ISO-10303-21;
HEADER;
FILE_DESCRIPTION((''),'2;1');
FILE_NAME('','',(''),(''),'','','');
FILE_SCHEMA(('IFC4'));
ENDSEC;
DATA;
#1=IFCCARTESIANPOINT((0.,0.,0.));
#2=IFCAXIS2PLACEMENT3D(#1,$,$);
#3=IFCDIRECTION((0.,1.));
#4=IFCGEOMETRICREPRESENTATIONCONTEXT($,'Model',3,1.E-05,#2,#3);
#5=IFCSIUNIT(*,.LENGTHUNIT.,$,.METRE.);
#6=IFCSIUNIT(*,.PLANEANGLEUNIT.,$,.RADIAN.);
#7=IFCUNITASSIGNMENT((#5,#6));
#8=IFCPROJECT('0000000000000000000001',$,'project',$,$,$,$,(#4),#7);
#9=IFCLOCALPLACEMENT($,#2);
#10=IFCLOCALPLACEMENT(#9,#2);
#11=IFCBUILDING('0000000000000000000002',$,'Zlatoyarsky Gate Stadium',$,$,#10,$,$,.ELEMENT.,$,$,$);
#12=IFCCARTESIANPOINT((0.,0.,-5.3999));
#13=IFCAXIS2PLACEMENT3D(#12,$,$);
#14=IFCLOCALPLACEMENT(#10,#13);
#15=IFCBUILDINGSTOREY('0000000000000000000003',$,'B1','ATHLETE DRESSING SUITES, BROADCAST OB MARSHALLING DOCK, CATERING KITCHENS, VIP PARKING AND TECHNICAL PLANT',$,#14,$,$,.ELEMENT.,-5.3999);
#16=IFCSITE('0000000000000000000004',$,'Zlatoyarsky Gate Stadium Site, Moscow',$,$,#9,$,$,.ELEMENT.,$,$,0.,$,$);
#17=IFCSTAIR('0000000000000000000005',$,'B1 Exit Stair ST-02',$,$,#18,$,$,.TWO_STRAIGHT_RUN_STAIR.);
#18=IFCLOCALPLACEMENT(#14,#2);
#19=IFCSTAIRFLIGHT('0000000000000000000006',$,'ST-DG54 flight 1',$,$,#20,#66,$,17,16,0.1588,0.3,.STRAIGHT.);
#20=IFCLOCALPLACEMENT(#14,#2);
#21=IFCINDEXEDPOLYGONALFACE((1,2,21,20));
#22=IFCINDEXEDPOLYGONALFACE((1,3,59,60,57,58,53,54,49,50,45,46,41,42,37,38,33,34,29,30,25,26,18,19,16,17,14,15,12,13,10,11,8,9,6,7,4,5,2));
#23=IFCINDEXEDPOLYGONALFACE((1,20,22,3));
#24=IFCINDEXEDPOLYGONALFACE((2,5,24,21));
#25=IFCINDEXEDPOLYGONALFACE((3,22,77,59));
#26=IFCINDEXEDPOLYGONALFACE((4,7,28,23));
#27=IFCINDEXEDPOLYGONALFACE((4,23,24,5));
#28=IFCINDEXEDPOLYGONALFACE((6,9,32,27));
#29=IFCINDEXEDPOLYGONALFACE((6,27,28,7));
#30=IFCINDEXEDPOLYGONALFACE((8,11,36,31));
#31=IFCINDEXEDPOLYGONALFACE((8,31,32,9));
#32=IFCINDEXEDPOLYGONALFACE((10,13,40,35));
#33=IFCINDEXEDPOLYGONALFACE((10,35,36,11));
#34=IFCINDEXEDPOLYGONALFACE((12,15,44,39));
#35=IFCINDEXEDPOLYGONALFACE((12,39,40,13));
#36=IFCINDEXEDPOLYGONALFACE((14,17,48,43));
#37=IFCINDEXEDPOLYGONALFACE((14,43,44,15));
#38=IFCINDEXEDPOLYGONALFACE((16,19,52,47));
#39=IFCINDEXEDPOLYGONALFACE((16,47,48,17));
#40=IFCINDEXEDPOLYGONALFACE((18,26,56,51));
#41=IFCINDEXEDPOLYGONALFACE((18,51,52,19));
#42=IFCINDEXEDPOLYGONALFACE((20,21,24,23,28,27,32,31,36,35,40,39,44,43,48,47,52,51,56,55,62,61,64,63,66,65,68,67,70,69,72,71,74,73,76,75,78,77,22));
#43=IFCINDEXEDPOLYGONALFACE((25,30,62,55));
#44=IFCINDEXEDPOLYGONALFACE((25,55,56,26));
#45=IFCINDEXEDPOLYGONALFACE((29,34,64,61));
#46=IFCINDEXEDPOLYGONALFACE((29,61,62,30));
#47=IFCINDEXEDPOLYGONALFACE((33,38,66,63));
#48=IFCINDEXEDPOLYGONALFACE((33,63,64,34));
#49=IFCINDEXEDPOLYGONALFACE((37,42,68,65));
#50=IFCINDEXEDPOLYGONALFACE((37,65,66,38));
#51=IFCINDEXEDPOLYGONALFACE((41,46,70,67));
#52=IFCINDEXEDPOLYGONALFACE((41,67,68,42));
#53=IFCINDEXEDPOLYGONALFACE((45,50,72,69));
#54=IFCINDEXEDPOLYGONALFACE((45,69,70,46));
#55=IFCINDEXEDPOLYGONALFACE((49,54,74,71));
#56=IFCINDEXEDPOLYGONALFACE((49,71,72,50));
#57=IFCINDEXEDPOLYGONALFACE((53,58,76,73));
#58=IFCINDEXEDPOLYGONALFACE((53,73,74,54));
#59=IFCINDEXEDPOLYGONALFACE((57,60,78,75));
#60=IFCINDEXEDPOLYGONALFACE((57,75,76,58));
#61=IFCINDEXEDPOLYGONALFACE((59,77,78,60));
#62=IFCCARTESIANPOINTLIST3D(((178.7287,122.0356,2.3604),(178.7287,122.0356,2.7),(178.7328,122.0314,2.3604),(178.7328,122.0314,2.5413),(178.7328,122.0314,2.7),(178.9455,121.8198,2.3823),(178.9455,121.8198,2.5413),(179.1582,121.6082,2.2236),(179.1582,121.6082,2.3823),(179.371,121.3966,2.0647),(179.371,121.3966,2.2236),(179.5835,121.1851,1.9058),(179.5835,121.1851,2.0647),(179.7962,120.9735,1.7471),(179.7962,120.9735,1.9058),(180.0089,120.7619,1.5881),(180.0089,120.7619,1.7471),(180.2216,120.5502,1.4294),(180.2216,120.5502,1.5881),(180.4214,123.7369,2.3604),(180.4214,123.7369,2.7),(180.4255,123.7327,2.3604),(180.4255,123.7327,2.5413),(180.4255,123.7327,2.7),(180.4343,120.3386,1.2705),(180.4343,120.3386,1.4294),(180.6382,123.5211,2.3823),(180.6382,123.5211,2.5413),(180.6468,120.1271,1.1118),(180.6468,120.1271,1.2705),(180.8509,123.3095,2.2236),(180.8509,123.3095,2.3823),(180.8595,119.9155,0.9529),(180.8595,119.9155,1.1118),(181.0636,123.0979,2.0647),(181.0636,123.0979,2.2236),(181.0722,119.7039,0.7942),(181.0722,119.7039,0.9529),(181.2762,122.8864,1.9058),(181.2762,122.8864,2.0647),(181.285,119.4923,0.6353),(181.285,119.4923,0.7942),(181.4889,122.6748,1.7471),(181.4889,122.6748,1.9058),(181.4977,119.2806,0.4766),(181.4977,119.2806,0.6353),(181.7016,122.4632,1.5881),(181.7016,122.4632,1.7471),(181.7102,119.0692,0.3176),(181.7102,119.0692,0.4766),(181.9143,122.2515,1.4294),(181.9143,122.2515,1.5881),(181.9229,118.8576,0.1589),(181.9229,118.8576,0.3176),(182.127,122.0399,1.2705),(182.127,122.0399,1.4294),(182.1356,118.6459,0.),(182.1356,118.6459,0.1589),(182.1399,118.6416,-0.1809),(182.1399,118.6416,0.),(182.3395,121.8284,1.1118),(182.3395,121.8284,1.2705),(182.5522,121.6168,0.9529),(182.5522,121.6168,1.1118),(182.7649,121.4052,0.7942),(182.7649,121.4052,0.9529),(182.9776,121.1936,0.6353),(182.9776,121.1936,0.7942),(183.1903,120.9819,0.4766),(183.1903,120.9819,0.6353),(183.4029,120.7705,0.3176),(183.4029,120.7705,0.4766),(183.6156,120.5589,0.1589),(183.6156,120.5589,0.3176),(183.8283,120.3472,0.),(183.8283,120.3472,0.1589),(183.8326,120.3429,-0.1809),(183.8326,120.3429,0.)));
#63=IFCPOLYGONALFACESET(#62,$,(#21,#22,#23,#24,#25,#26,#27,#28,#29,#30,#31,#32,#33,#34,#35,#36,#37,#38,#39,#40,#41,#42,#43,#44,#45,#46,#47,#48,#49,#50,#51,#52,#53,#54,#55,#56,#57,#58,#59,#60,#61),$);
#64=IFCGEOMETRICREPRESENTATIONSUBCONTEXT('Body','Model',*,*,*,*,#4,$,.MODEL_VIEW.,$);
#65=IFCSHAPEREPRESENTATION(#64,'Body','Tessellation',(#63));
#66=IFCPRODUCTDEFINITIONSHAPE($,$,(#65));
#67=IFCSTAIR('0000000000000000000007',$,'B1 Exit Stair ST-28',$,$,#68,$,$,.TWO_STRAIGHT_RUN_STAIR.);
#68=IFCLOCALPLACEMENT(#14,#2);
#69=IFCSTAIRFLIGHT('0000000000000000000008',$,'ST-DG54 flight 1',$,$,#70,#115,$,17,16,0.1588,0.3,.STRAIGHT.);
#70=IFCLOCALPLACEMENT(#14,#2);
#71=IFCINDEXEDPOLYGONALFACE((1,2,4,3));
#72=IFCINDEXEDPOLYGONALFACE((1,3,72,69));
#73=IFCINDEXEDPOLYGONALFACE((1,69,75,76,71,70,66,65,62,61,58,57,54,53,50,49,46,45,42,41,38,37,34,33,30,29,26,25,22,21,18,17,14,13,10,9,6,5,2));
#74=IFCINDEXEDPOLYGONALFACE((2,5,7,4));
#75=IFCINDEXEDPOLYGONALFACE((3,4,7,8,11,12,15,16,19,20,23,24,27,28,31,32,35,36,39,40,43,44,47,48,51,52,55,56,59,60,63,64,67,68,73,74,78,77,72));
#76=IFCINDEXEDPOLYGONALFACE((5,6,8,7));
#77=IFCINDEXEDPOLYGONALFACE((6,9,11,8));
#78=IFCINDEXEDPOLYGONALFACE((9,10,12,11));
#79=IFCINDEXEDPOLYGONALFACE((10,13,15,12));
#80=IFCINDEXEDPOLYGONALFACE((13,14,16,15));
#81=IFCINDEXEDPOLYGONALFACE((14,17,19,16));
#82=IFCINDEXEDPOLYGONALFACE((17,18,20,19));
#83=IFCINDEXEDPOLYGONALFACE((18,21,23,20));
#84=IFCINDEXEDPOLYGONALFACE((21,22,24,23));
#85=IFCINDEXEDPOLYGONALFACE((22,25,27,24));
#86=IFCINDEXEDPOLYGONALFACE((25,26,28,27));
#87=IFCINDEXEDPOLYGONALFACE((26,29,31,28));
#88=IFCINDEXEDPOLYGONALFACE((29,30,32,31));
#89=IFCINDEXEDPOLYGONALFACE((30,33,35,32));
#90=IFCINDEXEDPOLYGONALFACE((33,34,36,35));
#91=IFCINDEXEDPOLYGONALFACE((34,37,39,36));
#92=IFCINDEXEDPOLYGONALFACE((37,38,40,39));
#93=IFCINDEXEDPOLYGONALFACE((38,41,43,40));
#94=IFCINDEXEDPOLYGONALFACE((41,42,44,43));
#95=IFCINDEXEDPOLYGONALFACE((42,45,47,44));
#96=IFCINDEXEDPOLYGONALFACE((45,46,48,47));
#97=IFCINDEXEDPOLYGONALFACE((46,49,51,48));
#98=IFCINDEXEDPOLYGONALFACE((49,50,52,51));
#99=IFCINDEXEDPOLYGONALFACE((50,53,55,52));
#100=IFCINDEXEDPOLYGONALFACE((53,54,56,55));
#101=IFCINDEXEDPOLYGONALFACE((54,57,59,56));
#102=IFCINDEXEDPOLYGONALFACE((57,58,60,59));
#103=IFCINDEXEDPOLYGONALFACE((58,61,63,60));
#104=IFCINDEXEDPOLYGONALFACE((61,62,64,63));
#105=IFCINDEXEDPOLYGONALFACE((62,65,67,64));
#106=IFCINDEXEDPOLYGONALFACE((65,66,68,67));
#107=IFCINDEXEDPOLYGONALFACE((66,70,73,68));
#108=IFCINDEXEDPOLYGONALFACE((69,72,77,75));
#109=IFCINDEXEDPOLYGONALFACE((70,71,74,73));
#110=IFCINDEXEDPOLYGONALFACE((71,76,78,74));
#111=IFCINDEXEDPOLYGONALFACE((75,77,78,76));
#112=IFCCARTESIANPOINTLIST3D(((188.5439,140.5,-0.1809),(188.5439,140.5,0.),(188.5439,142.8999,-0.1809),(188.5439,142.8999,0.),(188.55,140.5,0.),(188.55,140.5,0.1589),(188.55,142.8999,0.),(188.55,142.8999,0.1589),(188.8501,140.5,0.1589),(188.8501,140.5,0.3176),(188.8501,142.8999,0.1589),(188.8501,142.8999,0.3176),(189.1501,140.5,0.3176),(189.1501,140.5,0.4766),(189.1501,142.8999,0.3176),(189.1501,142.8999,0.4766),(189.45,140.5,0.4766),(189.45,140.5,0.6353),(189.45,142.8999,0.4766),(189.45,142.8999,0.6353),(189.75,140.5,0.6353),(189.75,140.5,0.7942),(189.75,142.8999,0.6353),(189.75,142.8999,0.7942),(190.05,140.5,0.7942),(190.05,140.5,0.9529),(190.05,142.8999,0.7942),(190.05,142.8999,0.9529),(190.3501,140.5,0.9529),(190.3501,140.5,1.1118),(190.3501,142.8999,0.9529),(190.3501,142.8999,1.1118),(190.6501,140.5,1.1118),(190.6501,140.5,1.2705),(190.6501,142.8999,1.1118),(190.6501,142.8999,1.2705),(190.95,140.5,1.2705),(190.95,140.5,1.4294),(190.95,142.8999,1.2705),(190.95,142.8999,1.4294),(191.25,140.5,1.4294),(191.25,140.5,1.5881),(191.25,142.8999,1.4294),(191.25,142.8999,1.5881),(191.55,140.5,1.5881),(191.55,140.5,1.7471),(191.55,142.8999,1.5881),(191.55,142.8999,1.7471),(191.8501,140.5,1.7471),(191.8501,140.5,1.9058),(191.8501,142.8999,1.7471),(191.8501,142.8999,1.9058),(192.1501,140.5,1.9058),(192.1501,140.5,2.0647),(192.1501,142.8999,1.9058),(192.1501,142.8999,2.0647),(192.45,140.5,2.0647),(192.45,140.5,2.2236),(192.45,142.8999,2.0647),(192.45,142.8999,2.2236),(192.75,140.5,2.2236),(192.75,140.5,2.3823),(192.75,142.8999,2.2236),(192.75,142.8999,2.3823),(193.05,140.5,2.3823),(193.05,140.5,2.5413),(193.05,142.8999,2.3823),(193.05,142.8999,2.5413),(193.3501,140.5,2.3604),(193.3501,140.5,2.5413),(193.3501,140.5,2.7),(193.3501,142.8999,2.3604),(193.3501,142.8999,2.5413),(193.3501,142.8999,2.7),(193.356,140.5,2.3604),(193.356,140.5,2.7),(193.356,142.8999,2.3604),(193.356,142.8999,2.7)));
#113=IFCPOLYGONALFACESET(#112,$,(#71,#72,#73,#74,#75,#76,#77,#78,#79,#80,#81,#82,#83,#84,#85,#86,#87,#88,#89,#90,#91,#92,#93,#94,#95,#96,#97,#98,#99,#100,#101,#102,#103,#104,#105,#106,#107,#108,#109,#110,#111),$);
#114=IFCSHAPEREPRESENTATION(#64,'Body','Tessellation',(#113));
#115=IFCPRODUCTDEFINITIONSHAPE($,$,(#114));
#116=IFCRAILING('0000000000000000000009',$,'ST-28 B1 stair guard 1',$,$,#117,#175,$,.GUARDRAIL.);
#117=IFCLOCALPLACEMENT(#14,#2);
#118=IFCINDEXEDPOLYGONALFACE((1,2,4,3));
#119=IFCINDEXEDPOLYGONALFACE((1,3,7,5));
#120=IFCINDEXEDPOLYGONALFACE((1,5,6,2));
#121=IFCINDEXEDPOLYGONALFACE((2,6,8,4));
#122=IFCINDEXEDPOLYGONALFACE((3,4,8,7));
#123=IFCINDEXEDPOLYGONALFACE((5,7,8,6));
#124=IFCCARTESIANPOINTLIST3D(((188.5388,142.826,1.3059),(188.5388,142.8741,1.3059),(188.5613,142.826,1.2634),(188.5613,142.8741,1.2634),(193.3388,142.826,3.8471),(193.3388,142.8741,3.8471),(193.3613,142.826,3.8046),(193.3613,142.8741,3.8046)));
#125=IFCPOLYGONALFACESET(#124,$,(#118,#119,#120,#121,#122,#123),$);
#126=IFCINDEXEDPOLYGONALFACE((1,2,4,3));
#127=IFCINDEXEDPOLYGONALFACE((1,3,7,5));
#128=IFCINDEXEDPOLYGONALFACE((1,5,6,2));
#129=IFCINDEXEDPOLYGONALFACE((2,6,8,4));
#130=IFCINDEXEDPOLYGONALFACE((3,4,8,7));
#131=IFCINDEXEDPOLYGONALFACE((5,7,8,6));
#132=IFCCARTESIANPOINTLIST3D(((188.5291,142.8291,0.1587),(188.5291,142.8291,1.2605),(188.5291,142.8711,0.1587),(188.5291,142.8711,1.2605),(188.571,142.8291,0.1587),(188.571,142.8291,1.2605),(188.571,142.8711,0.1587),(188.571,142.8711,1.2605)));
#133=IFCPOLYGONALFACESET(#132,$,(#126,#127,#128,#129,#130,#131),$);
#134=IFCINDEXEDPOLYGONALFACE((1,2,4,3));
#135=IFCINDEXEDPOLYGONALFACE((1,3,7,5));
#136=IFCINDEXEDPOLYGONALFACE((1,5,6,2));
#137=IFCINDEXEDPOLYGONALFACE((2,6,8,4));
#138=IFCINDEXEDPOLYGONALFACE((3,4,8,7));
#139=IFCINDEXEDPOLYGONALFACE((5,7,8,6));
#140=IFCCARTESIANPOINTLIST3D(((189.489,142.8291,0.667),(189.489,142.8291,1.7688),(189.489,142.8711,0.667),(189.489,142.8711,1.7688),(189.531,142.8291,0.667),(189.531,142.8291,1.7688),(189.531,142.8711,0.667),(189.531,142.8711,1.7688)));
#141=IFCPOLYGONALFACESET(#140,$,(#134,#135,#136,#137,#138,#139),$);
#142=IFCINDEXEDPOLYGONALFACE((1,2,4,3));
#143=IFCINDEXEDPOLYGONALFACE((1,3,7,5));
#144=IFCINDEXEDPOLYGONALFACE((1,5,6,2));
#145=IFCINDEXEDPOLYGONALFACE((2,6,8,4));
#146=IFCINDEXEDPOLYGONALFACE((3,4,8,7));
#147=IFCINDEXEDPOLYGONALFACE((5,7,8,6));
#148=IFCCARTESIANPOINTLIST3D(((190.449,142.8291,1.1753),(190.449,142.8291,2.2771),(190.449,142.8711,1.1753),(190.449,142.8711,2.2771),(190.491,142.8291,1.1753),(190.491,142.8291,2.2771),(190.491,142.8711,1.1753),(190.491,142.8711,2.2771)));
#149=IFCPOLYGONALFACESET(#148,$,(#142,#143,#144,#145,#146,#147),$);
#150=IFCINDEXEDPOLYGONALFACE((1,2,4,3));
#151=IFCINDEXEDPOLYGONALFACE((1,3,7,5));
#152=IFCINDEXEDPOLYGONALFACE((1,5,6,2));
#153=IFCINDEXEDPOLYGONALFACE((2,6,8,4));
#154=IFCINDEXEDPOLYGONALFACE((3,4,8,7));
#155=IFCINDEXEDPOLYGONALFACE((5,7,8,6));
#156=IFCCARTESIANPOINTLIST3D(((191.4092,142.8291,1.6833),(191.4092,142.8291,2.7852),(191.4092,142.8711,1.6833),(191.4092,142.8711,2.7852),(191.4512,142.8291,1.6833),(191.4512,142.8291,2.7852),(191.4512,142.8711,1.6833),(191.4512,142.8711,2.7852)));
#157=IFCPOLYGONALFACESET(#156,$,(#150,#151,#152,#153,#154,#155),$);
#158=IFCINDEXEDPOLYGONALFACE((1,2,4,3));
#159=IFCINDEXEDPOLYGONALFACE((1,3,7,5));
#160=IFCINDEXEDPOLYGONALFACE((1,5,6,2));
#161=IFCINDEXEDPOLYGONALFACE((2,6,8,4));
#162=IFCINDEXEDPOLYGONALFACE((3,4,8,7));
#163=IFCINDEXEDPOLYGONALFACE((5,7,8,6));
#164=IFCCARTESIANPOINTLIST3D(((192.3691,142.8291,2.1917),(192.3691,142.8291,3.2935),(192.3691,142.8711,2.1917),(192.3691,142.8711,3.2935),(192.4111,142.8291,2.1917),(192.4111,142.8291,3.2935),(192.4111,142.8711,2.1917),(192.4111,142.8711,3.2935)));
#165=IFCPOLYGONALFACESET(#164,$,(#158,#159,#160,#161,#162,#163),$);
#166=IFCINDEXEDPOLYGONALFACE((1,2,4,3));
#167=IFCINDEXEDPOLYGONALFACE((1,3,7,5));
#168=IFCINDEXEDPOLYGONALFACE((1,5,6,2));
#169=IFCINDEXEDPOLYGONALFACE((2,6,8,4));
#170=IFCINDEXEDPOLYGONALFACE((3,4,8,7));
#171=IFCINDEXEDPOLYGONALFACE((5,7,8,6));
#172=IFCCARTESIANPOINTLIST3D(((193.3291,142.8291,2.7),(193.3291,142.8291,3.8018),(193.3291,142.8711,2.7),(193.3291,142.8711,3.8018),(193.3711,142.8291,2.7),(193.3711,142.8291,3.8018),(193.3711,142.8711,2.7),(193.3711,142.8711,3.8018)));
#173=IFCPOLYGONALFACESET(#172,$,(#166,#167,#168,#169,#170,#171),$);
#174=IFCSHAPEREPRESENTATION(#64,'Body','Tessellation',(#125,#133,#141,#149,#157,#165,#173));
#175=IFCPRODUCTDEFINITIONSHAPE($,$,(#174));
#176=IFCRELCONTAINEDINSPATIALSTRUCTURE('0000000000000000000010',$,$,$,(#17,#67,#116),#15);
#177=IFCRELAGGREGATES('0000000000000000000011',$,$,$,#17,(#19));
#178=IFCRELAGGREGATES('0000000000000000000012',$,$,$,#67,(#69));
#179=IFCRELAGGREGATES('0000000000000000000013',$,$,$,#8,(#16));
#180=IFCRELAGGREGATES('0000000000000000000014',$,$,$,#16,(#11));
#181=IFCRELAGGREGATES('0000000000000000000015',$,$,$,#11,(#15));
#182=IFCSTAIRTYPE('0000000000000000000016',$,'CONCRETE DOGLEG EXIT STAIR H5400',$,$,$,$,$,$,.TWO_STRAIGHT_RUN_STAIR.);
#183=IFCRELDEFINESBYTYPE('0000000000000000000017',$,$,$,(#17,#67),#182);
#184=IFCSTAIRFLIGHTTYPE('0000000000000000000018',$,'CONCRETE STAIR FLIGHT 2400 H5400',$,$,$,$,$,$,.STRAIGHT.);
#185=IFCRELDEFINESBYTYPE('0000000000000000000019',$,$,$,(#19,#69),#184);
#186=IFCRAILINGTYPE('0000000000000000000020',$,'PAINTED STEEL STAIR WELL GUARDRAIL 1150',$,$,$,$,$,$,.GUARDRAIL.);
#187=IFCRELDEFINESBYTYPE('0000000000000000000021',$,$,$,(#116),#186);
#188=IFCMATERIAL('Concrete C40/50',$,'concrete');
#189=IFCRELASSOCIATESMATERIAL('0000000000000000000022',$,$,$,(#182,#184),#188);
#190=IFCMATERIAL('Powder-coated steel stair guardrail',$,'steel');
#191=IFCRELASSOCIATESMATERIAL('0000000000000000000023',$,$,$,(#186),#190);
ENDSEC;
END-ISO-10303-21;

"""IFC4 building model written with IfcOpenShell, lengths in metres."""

from ifc_helpers import new_model, si_unit, direction, frame, origin, origin_2d, place, context, subcontext, project, spatial, polyline, rectangle, outline, extrude, material, type_object, element, aggregate, save


model = new_model("IFC4")

# Units and contexts
model_context = context("Model", 3, precision=1e-05, world=origin(), true_north=direction((0.0, 1.0)))
body_context = subcontext(model_context, "Body", "Model", "MODEL_VIEW")
ifc_project = project(units=[si_unit("LENGTHUNIT", "METRE"), si_unit("PLANEANGLEUNIT", "RADIAN")], contexts=[model_context])

# Site, building, storey
site_placement = place(None, origin())
site = spatial("IfcSite", under=ifc_project, at=site_placement, Name="Zlatoyarsky Gate Stadium Site, Moscow", CompositionType="ELEMENT", RefElevation=0.0)
building_placement = place(site_placement, origin())
building = spatial("IfcBuilding", under=site, at=building_placement, Name="Zlatoyarsky Gate Stadium", CompositionType="ELEMENT")
storey_placement = place(building_placement, frame((0.0, 0.0, -5.3999)))
storey = spatial("IfcBuildingStorey", under=building, at=storey_placement, Name="B1", Description="ATHLETE DRESSING SUITES, BROADCAST OB MARSHALLING DOCK, CATERING KITCHENS, VIP PARKING AND TECHNICAL PLANT", CompositionType="ELEMENT", Elevation=-5.3999)

# Shared definitions
ifc_material_1 = material(Name="Concrete C40/50", Category="concrete")

# Stairs, stair flights
stair_type = type_object("IfcStairType", Name="CONCRETE DOGLEG EXIT STAIR H5400", PredefinedType="TWO_STRAIGHT_RUN_STAIR", material=ifc_material_1)
stair_1_placement = place(storey_placement, origin())
stair_1 = element("IfcStair", 1, at=stair_1_placement, inside=storey, type_object=stair_type, Name="B1 Exit Stair ST-02", PredefinedType="TWO_STRAIGHT_RUN_STAIR")
stair_flight_type = type_object("IfcStairFlightType", Name="CONCRETE STAIR FLIGHT 2400 H5400", PredefinedType="STRAIGHT", material=ifc_material_1)
stair_flight_1_placement = place(storey_placement, frame((182.9819, 119.4966, 0.0), z_axis=(0.0, 0.0, 1.0), x_axis=(-0.708901, 0.705308, 0.0)))
stair_flight_1 = element("IfcStairFlight", 2, at=stair_flight_1_placement, type_object=stair_flight_type, Name="ST-DG54 flight 1", NumberOfRisers=17, NumberOfTreads=16, PredefinedType="STRAIGHT", RiserHeight=0.1588, TreadLength=0.3, context=body_context, shape_type="SweptSolid", body=[
    extrude(outline(polyline([(-0.0061, -0.1809), (-0.0061, 0.0), (0.0, 0.0), (0.0, 0.1589), (0.3, 0.1589), (0.3, 0.3176), (0.6001, 0.3176), (0.6001, 0.4766), (0.8999, 0.4766), (0.8999, 0.6353), (1.2, 0.6353), (1.2, 0.7942), (1.5, 0.7942), (1.5, 0.9529), (1.8, 0.9529), (1.8, 1.1118), (2.1001, 1.1118), (2.1001, 1.2705), (2.3999, 1.2705), (2.3999, 1.4294), (2.7, 1.4294), (2.7, 1.5881), (3.0, 1.5881), (3.0, 1.7471), (3.3, 1.7471), (3.3, 1.9058), (3.6001, 1.9058), (3.6001, 2.0647), (3.8999, 2.0647), (3.8999, 2.2236), (4.2, 2.2236), (4.2, 2.3823), (4.5, 2.3823), (4.5, 2.5413), (4.8, 2.5413), (4.8, 2.7), (4.8059, 2.7), (4.8059, 2.3604), (4.8, 2.3604), (-0.0061, -0.1809)])), frame((0.0, 1.2, 0.0), z_axis=(0.0, -1.0, 0.0), x_axis=(1.0, 0.0, 0.0)), (0.0, 0.0, 1.0), 2.3999),
])
aggregate(stair_1, [stair_flight_1])
stair_2_placement = place(storey_placement, origin())
stair_2 = element("IfcStair", 3, at=stair_2_placement, inside=storey, type_object=stair_type, Name="B1 Exit Stair ST-28", PredefinedType="TWO_STRAIGHT_RUN_STAIR")
stair_flight_2_placement = place(storey_placement, frame((188.55, 141.7, 0.0), z_axis=(0.0, 0.0, 1.0), x_axis=(1.0, 0.0, 0.0)))
stair_flight_2 = element("IfcStairFlight", 4, at=stair_flight_2_placement, type_object=stair_flight_type, Name="ST-DG54 flight 1", NumberOfRisers=17, NumberOfTreads=16, PredefinedType="STRAIGHT", RiserHeight=0.1588, TreadLength=0.3, context=body_context, shape_type="SweptSolid", body=[
    extrude(outline(polyline([(-0.0061, -0.1809), (-0.0061, 0.0), (0.0, 0.0), (0.0, 0.1589), (0.3, 0.1589), (0.3, 0.3176), (0.6001, 0.3176), (0.6001, 0.4766), (0.8999, 0.4766), (0.8999, 0.6353), (1.2, 0.6353), (1.2, 0.7942), (1.5, 0.7942), (1.5, 0.9529), (1.8, 0.9529), (1.8, 1.1118), (2.1001, 1.1118), (2.1001, 1.2705), (2.3999, 1.2705), (2.3999, 1.4294), (2.7, 1.4294), (2.7, 1.5881), (3.0, 1.5881), (3.0, 1.7471), (3.3, 1.7471), (3.3, 1.9058), (3.6001, 1.9058), (3.6001, 2.0647), (3.8999, 2.0647), (3.8999, 2.2236), (4.2, 2.2236), (4.2, 2.3823), (4.5, 2.3823), (4.5, 2.5413), (4.8, 2.5413), (4.8, 2.7), (4.8059, 2.7), (4.8059, 2.3604), (4.8, 2.3604), (-0.0061, -0.1809)])), frame((0.0, 1.2, 0.0), z_axis=(0.0, -1.0, 0.0), x_axis=(1.0, 0.0, 0.0)), (0.0, 0.0, 1.0), 2.3999),
])
aggregate(stair_2, [stair_flight_2])

# Railing
ifc_material_2 = material(Name="Powder-coated steel stair guardrail", Category="steel")
railing_type_1 = type_object("IfcRailingType", Name="PAINTED STEEL STAIR WELL GUARDRAIL 1150", PredefinedType="GUARDRAIL", material=ifc_material_2)
railing_1_placement = place(storey_placement, frame((188.55, 142.8501, 0.1587)))
element("IfcRailing", 5, at=railing_1_placement, inside=storey, type_object=railing_type_1, Name="ST-28 B1 stair guard 1", PredefinedType="GUARDRAIL", context=body_context, shape_type="SweptSolid", body=[
    extrude(rectangle(XDim=0.0481, YDim=0.0481, at=origin_2d()), frame((0.0, 0.0, 1.126), z_axis=(0.883784, 0.0, 0.467896), x_axis=(0.0, 1.0, 0.0)), (0.0, 0.0, 1.0), 5.4312),
    extrude(rectangle(XDim=0.042, YDim=0.042, at=origin_2d()), origin(), (0.0, 0.0, 1.0), 1.1018),
    extrude(rectangle(XDim=0.042, YDim=0.042, at=origin_2d()), frame((0.96, 0.0, 0.5083)), (0.0, 0.0, 1.0), 1.1018),
    extrude(rectangle(XDim=0.042, YDim=0.042, at=origin_2d()), frame((1.9199, 0.0, 1.0166)), (0.0, 0.0, 1.0), 1.1018),
    extrude(rectangle(XDim=0.042, YDim=0.042, at=origin_2d()), frame((2.8801, 0.0, 1.5247)), (0.0, 0.0, 1.0), 1.1018),
    extrude(rectangle(XDim=0.042, YDim=0.042, at=origin_2d()), frame((3.8401, 0.0, 2.033)), (0.0, 0.0, 1.0), 1.1018),
    extrude(rectangle(XDim=0.042, YDim=0.042, at=origin_2d()), frame((4.8, 0.0, 2.5413)), (0.0, 0.0, 1.0), 1.1018),
])

save(model, "model.ifc")
